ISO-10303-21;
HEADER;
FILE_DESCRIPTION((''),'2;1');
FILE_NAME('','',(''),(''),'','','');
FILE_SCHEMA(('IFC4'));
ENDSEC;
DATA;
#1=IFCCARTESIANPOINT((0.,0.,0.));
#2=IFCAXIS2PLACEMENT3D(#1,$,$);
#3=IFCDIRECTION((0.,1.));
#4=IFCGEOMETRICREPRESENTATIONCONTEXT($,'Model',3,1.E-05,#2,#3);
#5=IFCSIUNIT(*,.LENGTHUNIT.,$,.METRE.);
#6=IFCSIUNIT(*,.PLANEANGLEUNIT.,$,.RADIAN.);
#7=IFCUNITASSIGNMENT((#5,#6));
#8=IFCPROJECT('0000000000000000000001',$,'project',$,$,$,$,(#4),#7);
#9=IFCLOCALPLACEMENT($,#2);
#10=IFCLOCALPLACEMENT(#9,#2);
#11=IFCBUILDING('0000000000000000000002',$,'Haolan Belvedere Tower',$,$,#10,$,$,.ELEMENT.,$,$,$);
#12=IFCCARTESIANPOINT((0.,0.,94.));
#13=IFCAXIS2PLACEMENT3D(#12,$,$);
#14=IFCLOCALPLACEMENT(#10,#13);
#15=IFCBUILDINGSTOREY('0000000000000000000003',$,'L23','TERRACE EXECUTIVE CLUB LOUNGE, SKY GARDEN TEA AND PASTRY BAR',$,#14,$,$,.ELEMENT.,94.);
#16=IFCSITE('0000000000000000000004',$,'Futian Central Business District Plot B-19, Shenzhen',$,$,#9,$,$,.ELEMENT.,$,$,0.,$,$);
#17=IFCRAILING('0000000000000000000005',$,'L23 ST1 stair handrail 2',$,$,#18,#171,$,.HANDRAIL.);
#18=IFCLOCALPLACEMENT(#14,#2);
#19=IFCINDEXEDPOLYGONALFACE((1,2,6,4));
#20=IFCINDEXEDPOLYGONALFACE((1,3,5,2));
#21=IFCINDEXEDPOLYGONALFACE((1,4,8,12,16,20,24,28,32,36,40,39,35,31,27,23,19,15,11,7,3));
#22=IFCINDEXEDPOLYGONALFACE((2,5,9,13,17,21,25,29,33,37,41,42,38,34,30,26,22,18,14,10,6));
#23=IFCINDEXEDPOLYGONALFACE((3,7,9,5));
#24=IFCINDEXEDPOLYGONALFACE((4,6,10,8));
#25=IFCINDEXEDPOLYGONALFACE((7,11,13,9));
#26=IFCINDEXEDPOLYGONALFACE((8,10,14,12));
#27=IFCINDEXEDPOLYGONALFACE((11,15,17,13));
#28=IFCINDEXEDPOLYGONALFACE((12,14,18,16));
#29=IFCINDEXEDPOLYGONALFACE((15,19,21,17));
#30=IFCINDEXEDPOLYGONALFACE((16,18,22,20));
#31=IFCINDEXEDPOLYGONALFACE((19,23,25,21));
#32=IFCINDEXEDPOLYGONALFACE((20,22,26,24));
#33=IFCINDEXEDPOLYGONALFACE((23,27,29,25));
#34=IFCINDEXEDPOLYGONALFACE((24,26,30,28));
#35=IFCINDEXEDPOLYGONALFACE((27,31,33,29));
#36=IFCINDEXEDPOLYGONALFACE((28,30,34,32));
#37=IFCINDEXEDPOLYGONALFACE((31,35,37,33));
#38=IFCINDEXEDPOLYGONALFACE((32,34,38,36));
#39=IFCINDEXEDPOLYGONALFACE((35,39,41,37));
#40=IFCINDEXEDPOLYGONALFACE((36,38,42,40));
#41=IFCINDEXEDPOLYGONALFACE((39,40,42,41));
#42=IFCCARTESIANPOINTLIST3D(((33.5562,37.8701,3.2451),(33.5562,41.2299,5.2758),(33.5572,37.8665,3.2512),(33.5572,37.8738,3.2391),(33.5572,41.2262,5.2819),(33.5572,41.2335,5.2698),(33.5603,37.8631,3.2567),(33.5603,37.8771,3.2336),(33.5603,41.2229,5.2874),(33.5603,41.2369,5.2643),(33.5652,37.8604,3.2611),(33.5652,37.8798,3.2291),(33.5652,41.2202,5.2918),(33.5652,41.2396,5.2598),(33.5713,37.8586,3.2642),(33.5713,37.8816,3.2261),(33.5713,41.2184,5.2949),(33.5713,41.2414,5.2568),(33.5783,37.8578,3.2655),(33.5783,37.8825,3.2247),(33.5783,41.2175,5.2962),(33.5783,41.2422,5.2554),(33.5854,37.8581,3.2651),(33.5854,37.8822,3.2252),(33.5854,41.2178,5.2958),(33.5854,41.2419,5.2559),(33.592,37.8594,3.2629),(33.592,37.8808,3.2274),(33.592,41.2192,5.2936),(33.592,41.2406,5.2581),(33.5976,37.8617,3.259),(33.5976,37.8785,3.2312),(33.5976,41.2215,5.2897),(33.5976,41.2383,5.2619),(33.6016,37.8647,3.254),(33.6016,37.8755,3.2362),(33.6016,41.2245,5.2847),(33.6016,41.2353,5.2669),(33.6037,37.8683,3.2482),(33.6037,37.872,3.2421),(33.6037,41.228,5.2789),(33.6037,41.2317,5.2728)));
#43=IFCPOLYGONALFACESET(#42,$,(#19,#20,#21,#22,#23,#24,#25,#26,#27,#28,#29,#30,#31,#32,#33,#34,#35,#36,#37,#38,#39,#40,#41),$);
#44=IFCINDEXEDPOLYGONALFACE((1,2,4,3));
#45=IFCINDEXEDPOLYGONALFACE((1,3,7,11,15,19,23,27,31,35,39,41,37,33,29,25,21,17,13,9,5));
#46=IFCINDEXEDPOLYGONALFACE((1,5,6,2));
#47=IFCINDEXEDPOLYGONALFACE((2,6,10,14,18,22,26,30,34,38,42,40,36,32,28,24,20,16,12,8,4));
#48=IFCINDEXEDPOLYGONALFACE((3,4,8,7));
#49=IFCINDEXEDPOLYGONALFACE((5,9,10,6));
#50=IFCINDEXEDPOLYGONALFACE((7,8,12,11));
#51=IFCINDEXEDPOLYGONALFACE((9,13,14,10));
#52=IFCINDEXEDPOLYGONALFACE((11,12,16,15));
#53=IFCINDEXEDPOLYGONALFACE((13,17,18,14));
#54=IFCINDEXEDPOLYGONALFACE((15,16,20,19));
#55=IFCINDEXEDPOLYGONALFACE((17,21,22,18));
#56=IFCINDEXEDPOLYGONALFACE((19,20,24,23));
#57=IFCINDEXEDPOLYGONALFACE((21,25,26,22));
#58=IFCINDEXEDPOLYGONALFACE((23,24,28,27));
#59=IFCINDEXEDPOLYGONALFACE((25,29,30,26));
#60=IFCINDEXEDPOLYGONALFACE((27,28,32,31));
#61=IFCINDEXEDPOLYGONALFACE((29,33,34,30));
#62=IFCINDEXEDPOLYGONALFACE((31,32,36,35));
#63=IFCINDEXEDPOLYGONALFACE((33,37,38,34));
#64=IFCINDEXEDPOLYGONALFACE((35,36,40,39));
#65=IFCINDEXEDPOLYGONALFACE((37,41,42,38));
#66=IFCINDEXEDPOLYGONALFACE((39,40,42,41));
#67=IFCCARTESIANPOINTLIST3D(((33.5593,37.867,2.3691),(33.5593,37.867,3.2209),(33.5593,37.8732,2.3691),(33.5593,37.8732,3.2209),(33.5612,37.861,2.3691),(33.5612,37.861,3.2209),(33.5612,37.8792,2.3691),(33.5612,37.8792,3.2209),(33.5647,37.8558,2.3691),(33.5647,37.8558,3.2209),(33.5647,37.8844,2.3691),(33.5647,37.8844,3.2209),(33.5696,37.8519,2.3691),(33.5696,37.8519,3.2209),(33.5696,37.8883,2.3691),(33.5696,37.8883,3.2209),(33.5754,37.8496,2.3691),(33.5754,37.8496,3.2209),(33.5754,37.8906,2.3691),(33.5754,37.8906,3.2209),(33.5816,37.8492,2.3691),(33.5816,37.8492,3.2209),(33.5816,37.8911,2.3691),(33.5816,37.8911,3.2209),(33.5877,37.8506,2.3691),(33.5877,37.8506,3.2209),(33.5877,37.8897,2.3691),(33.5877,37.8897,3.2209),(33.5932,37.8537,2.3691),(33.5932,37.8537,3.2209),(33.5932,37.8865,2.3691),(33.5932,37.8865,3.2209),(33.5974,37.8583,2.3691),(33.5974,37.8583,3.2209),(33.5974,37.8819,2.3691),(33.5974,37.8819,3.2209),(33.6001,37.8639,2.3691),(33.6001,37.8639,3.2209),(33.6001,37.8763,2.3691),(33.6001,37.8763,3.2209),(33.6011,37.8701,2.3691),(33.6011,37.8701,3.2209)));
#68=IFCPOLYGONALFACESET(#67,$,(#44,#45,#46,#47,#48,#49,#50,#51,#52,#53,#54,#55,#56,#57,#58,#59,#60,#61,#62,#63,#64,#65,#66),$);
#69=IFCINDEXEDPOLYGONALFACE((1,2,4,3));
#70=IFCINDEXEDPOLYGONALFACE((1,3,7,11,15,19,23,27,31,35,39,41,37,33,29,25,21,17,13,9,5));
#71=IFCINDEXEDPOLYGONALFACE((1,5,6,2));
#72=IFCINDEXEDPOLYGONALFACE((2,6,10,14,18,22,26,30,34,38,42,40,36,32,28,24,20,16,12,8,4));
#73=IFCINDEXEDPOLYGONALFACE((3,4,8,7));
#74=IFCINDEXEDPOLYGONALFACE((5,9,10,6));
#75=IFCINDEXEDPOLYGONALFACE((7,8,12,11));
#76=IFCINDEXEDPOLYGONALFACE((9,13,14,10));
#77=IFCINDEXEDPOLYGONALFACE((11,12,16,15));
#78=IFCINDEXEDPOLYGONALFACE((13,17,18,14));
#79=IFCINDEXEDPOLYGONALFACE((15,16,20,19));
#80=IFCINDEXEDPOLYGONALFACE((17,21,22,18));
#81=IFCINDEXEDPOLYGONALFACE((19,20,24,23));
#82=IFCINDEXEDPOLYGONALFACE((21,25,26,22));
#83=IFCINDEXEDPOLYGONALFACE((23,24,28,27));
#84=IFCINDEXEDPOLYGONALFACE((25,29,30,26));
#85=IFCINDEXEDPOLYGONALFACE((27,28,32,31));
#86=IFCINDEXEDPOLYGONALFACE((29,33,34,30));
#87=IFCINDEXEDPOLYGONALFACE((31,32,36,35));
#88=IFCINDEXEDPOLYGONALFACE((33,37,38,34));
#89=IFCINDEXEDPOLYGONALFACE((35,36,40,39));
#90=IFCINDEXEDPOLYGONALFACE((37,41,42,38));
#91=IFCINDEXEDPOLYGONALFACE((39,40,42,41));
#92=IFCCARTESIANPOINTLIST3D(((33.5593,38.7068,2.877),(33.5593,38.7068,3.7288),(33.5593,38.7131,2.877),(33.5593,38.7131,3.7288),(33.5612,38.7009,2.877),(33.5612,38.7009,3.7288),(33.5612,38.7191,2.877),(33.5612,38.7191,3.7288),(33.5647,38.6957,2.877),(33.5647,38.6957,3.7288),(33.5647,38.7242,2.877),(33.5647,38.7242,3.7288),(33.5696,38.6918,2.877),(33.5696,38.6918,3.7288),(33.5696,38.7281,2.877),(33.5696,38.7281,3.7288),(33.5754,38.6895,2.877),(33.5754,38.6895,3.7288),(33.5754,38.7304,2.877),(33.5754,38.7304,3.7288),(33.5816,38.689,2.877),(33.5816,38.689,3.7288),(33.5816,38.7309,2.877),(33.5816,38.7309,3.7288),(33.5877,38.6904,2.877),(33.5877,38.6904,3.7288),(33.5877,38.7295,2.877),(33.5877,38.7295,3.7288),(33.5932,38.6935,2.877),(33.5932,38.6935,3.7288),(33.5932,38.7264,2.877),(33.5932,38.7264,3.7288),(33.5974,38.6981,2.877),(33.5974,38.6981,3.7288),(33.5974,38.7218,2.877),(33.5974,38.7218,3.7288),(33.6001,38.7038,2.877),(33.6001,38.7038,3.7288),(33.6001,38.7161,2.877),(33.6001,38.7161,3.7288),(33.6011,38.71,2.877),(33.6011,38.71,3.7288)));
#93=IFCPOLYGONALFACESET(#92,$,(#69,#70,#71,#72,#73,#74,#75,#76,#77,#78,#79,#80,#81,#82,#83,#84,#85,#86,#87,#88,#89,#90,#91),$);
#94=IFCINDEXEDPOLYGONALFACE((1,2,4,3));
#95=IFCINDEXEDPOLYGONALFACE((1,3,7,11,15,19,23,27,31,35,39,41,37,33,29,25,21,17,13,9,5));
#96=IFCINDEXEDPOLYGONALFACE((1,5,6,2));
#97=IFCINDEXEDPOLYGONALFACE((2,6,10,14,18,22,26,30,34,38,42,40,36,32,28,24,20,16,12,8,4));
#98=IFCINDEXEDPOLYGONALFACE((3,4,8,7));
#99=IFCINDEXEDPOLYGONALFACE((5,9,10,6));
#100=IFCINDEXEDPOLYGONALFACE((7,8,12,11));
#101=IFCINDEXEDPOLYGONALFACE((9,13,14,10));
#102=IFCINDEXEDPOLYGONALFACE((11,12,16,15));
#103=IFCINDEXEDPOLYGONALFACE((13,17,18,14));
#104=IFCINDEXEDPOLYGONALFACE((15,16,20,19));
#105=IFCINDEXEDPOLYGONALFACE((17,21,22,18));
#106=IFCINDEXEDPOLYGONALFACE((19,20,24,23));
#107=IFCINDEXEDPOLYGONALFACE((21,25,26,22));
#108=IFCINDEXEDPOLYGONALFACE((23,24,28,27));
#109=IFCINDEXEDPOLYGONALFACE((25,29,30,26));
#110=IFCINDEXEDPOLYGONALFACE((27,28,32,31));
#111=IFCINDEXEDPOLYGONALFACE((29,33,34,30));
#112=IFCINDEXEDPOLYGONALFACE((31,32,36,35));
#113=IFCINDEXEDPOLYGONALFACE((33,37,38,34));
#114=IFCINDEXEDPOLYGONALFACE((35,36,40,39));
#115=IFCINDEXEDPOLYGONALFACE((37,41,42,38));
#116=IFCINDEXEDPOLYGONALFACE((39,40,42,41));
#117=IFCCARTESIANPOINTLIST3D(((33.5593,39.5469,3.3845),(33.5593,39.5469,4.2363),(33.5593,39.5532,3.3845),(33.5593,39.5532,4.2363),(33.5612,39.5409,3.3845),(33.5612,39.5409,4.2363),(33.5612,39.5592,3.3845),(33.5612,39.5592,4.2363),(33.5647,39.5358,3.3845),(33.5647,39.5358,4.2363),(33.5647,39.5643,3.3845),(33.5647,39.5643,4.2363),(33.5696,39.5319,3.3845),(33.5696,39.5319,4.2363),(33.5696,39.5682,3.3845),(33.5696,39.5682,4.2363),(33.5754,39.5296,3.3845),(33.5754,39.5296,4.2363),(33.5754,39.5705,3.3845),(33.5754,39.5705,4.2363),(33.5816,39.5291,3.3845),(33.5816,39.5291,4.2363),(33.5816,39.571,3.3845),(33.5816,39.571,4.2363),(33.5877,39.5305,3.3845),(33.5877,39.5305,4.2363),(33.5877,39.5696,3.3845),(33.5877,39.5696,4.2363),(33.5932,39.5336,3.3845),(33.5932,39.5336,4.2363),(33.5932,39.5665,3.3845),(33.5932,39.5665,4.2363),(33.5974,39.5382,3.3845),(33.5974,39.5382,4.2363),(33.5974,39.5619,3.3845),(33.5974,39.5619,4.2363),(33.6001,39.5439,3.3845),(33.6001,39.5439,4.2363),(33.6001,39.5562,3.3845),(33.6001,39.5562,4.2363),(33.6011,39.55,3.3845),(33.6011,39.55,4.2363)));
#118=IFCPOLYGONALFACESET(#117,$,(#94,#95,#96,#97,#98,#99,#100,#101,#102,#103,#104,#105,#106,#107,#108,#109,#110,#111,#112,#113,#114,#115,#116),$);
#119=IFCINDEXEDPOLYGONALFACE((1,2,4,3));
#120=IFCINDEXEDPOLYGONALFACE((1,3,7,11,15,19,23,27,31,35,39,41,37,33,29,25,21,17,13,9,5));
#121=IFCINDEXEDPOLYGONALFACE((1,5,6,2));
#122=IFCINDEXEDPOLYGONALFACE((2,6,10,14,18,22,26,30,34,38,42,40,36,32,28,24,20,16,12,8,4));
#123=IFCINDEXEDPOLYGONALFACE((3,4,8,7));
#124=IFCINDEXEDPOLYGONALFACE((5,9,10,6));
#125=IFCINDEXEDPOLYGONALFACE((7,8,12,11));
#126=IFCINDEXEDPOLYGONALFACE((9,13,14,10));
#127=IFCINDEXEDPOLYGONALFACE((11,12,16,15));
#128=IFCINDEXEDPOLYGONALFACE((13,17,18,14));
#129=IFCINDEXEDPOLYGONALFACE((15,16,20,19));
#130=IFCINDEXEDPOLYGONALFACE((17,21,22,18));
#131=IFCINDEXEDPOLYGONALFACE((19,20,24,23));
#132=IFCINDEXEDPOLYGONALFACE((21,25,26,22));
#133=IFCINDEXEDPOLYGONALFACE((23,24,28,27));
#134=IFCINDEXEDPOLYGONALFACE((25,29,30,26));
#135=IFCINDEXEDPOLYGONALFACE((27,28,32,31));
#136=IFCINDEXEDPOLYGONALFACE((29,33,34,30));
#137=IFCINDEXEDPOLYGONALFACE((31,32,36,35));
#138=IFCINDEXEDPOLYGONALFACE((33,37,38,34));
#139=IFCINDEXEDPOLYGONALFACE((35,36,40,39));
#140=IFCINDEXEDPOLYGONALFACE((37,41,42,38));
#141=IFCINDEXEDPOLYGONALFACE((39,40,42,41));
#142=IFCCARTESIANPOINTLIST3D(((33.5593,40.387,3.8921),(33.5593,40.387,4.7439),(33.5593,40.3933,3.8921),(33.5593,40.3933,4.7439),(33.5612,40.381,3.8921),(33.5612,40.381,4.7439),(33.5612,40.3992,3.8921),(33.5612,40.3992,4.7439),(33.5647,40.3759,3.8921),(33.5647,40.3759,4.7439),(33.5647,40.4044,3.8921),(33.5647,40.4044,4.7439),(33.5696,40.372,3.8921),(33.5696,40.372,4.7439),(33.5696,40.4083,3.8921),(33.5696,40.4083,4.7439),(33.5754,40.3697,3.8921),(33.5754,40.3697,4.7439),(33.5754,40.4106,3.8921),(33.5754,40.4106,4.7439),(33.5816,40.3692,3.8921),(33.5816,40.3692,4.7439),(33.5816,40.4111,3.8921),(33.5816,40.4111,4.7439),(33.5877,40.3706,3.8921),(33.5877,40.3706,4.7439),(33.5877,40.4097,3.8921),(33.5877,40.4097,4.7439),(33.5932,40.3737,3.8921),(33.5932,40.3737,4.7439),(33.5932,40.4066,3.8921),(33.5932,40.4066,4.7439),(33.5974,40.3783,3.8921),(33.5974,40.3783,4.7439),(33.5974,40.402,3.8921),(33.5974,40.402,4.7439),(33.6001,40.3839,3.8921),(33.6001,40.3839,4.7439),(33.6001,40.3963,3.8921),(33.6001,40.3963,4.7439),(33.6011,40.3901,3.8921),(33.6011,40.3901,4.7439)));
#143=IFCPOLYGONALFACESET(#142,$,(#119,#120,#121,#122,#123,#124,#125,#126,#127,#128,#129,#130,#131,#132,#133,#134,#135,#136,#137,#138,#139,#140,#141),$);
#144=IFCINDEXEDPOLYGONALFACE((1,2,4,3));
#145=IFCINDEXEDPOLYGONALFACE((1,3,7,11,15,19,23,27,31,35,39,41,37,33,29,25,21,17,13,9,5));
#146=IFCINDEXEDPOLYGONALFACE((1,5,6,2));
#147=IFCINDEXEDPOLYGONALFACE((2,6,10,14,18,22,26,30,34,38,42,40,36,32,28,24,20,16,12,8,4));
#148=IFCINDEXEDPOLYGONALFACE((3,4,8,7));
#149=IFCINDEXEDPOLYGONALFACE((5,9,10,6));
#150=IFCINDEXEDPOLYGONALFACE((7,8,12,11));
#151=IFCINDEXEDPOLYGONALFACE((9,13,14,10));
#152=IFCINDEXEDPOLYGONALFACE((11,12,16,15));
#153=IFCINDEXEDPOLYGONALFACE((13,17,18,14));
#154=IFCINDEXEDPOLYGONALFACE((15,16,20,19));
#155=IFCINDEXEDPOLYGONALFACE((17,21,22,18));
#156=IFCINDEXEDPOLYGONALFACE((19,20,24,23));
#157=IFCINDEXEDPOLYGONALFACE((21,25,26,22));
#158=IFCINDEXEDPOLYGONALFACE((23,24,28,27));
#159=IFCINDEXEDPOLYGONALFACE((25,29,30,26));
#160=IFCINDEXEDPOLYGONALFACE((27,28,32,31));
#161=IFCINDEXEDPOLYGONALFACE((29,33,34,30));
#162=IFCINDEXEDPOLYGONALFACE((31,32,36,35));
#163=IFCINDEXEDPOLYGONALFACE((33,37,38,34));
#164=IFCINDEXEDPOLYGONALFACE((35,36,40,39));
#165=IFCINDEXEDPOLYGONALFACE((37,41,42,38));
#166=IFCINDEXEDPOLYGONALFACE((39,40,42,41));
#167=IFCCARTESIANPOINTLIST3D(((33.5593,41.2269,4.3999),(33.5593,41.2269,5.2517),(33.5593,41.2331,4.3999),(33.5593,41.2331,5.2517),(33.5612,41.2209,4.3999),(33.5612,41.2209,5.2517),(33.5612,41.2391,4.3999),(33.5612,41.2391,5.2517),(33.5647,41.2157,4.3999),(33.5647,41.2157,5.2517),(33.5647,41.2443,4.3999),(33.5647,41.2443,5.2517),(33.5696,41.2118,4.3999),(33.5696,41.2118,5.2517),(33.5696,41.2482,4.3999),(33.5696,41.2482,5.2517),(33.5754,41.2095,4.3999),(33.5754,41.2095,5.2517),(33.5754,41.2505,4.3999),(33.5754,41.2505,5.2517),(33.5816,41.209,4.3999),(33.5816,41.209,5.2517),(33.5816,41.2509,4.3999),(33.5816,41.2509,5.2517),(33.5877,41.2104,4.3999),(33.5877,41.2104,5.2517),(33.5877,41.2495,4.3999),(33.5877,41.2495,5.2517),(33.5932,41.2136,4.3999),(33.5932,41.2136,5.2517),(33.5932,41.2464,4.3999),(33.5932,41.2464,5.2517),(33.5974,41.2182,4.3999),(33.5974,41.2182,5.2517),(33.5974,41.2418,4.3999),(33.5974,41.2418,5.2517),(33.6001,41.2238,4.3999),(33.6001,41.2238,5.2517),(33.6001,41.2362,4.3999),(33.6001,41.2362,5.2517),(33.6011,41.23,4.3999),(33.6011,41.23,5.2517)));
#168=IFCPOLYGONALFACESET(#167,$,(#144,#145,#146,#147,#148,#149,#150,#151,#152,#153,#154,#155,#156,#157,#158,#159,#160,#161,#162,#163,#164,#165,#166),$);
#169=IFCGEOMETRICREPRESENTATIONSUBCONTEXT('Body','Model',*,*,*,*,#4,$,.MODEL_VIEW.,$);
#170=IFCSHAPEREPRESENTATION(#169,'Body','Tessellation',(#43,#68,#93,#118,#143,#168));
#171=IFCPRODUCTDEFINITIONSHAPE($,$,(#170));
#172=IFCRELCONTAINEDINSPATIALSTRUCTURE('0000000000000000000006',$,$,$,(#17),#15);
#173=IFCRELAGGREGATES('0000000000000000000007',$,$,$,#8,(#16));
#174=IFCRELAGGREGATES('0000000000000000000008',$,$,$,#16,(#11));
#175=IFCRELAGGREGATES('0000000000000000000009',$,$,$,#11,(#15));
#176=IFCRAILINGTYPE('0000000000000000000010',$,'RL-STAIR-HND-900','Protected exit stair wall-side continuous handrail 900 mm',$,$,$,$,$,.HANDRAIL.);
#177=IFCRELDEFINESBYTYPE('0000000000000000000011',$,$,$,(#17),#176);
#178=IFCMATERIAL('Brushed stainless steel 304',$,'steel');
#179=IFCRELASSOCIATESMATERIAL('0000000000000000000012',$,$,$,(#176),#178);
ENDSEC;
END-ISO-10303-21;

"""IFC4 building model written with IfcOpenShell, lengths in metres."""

from ifc_helpers import new_model, si_unit, direction, frame, origin, origin_2d, place, context, subcontext, project, spatial, circle, extrude, material, type_object, element, save


model = new_model("IFC4")

# Units and contexts
model_context = context("Model", 3, precision=1e-05, world=origin(), true_north=direction((0.0, 1.0)))
body_context = subcontext(model_context, "Body", "Model", "MODEL_VIEW")
ifc_project = project(units=[si_unit("LENGTHUNIT", "METRE"), si_unit("PLANEANGLEUNIT", "RADIAN")], contexts=[model_context])

# Site, building, storey
site_placement = place(None, origin())
site = spatial("IfcSite", under=ifc_project, at=site_placement, Name="Futian Central Business District Plot B-19, Shenzhen", CompositionType="ELEMENT", RefElevation=0.0)
building_placement = place(site_placement, origin())
building = spatial("IfcBuilding", under=site, at=building_placement, Name="Haolan Belvedere Tower", CompositionType="ELEMENT")
storey_placement = place(building_placement, frame((0.0, 0.0, 94.0)))
storey = spatial("IfcBuildingStorey", under=building, at=storey_placement, Name="L23", Description="TERRACE EXECUTIVE CLUB LOUNGE, SKY GARDEN TEA AND PASTRY BAR", CompositionType="ELEMENT", Elevation=94.0)

# Railing
ifc_material_1 = material(Name="Brushed stainless steel 304", Category="steel")
railing_type_1 = type_object("IfcRailingType", Name="RL-STAIR-HND-900", Description="Protected exit stair wall-side continuous handrail 900 mm", PredefinedType="HANDRAIL", material=ifc_material_1)
railing_1_placement = place(storey_placement, frame((33.5801, 37.8701, 2.3691)))
element("IfcRailing", 1, at=railing_1_placement, inside=storey, type_object=railing_type_1, Name="L23 ST1 stair handrail 2", PredefinedType="HANDRAIL", context=body_context, shape_type="SweptSolid", body=[
    extrude(circle(Radius=0.0239, at=origin_2d()), frame((0.0, 0.0, 0.876), z_axis=(0.0, 0.85582, 0.517273), x_axis=(-1.0, 0.0, 0.0)), (0.0, 0.0, 1.0), 3.9258),
    extrude(circle(Radius=0.021, at=origin_2d()), origin(), (0.0, 0.0, 1.0), 0.8518),
    extrude(circle(Radius=0.021, at=origin_2d()), frame((0.0, 0.8398, 0.5078)), (0.0, 0.0, 1.0), 0.8518),
    extrude(circle(Radius=0.021, at=origin_2d()), frame((0.0, 1.6799, 1.0154)), (0.0, 0.0, 1.0), 0.8518),
    extrude(circle(Radius=0.021, at=origin_2d()), frame((0.0, 2.52, 1.5229)), (0.0, 0.0, 1.0), 0.8518),
    extrude(circle(Radius=0.021, at=origin_2d()), frame((0.0, 3.3599, 2.0308)), (0.0, 0.0, 1.0), 0.8518),
])

save(model, "model.ifc")
